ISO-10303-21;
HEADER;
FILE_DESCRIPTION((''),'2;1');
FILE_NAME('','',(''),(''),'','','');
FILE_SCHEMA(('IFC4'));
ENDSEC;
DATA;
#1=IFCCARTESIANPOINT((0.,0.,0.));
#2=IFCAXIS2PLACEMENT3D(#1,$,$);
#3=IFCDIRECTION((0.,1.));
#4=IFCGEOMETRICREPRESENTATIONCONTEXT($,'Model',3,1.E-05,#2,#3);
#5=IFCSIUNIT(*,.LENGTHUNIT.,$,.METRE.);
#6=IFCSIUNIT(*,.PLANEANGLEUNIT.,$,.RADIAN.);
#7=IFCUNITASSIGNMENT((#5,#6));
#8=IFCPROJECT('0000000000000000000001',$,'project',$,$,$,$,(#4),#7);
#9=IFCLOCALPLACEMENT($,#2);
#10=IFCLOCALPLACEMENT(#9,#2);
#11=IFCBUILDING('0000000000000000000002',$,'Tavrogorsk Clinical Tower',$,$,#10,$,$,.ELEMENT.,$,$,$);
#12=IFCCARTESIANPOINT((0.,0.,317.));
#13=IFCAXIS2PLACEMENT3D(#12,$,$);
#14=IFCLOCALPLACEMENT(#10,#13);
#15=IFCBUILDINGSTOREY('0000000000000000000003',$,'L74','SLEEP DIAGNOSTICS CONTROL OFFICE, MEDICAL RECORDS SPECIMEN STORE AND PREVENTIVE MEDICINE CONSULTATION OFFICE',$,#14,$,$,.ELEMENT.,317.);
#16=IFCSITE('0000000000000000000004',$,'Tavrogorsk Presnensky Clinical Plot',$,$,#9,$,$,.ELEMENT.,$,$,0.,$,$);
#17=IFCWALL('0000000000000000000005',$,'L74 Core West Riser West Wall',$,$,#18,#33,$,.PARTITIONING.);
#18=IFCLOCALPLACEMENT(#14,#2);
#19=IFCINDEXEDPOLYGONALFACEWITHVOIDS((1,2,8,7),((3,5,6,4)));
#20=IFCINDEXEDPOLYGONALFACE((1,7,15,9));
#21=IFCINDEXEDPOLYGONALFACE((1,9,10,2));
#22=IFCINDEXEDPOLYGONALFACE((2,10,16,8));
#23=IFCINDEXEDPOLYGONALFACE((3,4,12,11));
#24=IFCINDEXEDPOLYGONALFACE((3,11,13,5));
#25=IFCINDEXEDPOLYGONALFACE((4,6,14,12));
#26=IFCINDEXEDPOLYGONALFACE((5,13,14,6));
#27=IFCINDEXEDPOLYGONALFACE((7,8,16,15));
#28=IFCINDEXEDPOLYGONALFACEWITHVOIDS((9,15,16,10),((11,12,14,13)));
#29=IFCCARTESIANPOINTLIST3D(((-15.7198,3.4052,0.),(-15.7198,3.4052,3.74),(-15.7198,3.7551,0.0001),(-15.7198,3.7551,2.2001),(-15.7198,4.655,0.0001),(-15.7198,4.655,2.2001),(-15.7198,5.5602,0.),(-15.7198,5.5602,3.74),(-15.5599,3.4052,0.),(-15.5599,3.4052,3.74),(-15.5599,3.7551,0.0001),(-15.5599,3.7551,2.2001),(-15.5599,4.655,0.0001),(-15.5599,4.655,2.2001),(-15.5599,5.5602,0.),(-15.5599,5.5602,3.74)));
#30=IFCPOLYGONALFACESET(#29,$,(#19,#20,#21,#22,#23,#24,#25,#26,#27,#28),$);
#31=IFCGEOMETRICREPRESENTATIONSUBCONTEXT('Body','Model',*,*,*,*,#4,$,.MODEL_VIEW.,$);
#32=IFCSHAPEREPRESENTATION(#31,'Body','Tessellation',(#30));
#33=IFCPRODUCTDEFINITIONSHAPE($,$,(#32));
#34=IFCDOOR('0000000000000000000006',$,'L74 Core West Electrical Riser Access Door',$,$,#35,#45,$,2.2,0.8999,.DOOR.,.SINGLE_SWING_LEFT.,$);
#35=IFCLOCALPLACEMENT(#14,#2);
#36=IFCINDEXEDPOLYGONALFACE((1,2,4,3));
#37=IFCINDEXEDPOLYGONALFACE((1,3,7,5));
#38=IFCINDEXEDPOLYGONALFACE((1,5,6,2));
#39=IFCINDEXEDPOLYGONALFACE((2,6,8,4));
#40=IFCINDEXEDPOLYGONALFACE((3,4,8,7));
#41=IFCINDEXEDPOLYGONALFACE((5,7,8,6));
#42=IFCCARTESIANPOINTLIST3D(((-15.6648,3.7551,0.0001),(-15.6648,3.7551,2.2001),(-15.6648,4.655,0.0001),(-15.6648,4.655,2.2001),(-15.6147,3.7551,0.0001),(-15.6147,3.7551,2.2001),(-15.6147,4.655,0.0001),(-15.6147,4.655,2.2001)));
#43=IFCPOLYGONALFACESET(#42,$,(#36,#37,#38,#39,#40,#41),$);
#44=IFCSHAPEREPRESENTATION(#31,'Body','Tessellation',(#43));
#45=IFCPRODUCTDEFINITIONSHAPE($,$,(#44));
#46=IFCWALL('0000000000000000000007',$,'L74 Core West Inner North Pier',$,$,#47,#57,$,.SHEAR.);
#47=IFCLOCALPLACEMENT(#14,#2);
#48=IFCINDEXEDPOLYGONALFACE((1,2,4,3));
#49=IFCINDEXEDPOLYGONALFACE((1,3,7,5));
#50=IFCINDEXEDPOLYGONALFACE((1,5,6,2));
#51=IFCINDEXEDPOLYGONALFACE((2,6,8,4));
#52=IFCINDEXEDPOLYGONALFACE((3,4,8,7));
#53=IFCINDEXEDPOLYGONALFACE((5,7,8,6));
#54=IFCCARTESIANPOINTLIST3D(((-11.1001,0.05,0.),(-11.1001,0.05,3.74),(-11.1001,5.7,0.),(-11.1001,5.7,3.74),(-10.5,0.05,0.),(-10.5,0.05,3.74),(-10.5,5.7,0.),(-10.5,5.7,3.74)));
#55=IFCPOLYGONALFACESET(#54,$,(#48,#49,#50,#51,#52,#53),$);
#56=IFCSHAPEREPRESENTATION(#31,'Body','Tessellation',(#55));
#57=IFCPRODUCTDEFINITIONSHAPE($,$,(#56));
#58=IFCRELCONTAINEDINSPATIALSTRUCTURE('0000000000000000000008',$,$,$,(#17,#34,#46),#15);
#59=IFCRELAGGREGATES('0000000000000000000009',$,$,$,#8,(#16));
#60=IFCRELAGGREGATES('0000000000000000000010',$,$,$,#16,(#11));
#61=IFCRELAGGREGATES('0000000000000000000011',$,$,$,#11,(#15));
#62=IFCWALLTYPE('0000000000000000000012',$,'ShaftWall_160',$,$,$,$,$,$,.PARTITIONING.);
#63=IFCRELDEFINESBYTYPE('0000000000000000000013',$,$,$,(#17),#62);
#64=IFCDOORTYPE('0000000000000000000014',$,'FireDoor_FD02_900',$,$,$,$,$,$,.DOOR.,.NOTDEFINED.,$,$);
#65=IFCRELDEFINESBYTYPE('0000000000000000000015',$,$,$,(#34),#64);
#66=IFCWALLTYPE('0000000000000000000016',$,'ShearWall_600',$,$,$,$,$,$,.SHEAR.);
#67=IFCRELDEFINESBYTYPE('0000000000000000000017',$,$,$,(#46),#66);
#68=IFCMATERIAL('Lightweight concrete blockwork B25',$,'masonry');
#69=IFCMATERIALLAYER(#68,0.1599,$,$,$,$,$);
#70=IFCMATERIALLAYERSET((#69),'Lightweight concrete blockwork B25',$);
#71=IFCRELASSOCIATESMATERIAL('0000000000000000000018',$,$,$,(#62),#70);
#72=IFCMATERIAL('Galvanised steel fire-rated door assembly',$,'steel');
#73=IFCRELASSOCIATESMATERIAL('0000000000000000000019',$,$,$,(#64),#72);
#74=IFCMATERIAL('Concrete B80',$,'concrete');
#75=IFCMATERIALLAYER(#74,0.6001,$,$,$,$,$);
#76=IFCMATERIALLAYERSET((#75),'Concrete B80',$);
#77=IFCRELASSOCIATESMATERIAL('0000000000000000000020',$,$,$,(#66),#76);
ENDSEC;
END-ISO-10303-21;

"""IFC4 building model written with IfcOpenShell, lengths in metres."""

from ifc_helpers import new_model, si_unit, direction, frame, frame_2d, origin, place, context, subcontext, project, spatial, rectangle, extrude, material, layer, layer_set, type_object, element, fill, save


model = new_model("IFC4")

# Units and contexts
model_context = context("Model", 3, precision=1e-05, world=origin(), true_north=direction((0.0, 1.0)))
body_context = subcontext(model_context, "Body", "Model", "MODEL_VIEW")
ifc_project = project(units=[si_unit("LENGTHUNIT", "METRE"), si_unit("PLANEANGLEUNIT", "RADIAN")], contexts=[model_context])

# Site, building, storey
site_placement = place(None, origin())
site = spatial("IfcSite", under=ifc_project, at=site_placement, Name="Tavrogorsk Presnensky Clinical Plot", CompositionType="ELEMENT", RefElevation=0.0)
building_placement = place(site_placement, origin())
building = spatial("IfcBuilding", under=site, at=building_placement, Name="Tavrogorsk Clinical Tower", CompositionType="ELEMENT")
storey_placement = place(building_placement, frame((0.0, 0.0, 317.0)))
storey = spatial("IfcBuildingStorey", under=building, at=storey_placement, Name="L74", Description="SLEEP DIAGNOSTICS CONTROL OFFICE, MEDICAL RECORDS SPECIMEN STORE AND PREVENTIVE MEDICINE CONSULTATION OFFICE", CompositionType="ELEMENT", Elevation=317.0)

# Shared definitions
ifc_material_1 = material(Name="Lightweight concrete blockwork B25", Category="masonry")
ifc_layer_1 = layer(ifc_material_1, 0.1599)
ifc_layer_set_1 = layer_set([ifc_layer_1], Name="Lightweight concrete blockwork B25")
wall_type_1 = type_object("IfcWallType", Name="ShaftWall_160", PredefinedType="PARTITIONING", material=ifc_layer_set_1)

# Wall, opening, door
wall_1_placement = place(storey_placement, frame((-15.6399, 3.405, 0.0), z_axis=(0.0, 0.0, 1.0), x_axis=(0.0, 1.0, 0.0)))
wall_1 = element("IfcWall", 1, at=wall_1_placement, inside=storey, type_object=wall_type_1, Name="L74 Core West Riser West Wall", PredefinedType="PARTITIONING", context=body_context, shape_type="SweptSolid", body=[
    extrude(rectangle(XDim=2.155, YDim=0.1599, at=frame_2d((1.0776, 0.0))), origin(), (0.0, 0.0, 1.0), 3.74),
])
opening_1_placement = place(wall_1_placement, frame((0.3501, 0.0, 0.0)))
opening_1 = element("IfcOpeningElement", 2, at=opening_1_placement, cuts=wall_1, PredefinedType="OPENING", context=body_context, shape_type="SweptSolid", body=[
    extrude(rectangle(XDim=0.8999, YDim=2.2, at=frame_2d((0.45, 1.1001))), frame((0.0, 0.0898, 0.0), z_axis=(0.0, -1.0, 0.0), x_axis=(1.0, 0.0, 0.0)), (0.0, 0.0, 1.0), 0.1799),
])
ifc_material_2 = material(Name="Galvanised steel fire-rated door assembly", Category="steel")
door_type_1 = type_object("IfcDoorType", Name="FireDoor_FD02_900", OperationType="NOTDEFINED", PredefinedType="DOOR", material=ifc_material_2)
door_1_placement = place(opening_1_placement, origin())
door_1 = element("IfcDoor", 3, at=door_1_placement, inside=storey, type_object=door_type_1, Name="L74 Core West Electrical Riser Access Door", OperationType="SINGLE_SWING_LEFT", OverallHeight=2.2, OverallWidth=0.8999, PredefinedType="DOOR", context=body_context, shape_type="SweptSolid", body=[
    extrude(rectangle(XDim=0.8999, YDim=2.2, at=frame_2d((0.45, 1.1001))), frame((0.0, 0.0249, 0.0), z_axis=(0.0, -1.0, 0.0), x_axis=(1.0, 0.0, 0.0)), (0.0, 0.0, 1.0), 0.05),
])
fill(opening_1, door_1)

# Wall
ifc_material_3 = material(Name="Concrete B80", Category="concrete")
ifc_layer_2 = layer(ifc_material_3, 0.6001)
ifc_layer_set_2 = layer_set([ifc_layer_2], Name="Concrete B80")
wall_type_2 = type_object("IfcWallType", Name="ShearWall_600", PredefinedType="SHEAR", material=ifc_layer_set_2)
wall_2_placement = place(storey_placement, frame((-10.8, 0.05, 0.0), z_axis=(0.0, 0.0, 1.0), x_axis=(0.0, 1.0, 0.0)))
element("IfcWall", 4, at=wall_2_placement, inside=storey, type_object=wall_type_2, Name="L74 Core West Inner North Pier", PredefinedType="SHEAR", context=body_context, shape_type="SweptSolid", body=[
    extrude(rectangle(XDim=5.6499, YDim=0.6001, at=frame_2d((2.825, 0.0))), origin(), (0.0, 0.0, 1.0), 3.74),
])

save(model, "model.ifc")
